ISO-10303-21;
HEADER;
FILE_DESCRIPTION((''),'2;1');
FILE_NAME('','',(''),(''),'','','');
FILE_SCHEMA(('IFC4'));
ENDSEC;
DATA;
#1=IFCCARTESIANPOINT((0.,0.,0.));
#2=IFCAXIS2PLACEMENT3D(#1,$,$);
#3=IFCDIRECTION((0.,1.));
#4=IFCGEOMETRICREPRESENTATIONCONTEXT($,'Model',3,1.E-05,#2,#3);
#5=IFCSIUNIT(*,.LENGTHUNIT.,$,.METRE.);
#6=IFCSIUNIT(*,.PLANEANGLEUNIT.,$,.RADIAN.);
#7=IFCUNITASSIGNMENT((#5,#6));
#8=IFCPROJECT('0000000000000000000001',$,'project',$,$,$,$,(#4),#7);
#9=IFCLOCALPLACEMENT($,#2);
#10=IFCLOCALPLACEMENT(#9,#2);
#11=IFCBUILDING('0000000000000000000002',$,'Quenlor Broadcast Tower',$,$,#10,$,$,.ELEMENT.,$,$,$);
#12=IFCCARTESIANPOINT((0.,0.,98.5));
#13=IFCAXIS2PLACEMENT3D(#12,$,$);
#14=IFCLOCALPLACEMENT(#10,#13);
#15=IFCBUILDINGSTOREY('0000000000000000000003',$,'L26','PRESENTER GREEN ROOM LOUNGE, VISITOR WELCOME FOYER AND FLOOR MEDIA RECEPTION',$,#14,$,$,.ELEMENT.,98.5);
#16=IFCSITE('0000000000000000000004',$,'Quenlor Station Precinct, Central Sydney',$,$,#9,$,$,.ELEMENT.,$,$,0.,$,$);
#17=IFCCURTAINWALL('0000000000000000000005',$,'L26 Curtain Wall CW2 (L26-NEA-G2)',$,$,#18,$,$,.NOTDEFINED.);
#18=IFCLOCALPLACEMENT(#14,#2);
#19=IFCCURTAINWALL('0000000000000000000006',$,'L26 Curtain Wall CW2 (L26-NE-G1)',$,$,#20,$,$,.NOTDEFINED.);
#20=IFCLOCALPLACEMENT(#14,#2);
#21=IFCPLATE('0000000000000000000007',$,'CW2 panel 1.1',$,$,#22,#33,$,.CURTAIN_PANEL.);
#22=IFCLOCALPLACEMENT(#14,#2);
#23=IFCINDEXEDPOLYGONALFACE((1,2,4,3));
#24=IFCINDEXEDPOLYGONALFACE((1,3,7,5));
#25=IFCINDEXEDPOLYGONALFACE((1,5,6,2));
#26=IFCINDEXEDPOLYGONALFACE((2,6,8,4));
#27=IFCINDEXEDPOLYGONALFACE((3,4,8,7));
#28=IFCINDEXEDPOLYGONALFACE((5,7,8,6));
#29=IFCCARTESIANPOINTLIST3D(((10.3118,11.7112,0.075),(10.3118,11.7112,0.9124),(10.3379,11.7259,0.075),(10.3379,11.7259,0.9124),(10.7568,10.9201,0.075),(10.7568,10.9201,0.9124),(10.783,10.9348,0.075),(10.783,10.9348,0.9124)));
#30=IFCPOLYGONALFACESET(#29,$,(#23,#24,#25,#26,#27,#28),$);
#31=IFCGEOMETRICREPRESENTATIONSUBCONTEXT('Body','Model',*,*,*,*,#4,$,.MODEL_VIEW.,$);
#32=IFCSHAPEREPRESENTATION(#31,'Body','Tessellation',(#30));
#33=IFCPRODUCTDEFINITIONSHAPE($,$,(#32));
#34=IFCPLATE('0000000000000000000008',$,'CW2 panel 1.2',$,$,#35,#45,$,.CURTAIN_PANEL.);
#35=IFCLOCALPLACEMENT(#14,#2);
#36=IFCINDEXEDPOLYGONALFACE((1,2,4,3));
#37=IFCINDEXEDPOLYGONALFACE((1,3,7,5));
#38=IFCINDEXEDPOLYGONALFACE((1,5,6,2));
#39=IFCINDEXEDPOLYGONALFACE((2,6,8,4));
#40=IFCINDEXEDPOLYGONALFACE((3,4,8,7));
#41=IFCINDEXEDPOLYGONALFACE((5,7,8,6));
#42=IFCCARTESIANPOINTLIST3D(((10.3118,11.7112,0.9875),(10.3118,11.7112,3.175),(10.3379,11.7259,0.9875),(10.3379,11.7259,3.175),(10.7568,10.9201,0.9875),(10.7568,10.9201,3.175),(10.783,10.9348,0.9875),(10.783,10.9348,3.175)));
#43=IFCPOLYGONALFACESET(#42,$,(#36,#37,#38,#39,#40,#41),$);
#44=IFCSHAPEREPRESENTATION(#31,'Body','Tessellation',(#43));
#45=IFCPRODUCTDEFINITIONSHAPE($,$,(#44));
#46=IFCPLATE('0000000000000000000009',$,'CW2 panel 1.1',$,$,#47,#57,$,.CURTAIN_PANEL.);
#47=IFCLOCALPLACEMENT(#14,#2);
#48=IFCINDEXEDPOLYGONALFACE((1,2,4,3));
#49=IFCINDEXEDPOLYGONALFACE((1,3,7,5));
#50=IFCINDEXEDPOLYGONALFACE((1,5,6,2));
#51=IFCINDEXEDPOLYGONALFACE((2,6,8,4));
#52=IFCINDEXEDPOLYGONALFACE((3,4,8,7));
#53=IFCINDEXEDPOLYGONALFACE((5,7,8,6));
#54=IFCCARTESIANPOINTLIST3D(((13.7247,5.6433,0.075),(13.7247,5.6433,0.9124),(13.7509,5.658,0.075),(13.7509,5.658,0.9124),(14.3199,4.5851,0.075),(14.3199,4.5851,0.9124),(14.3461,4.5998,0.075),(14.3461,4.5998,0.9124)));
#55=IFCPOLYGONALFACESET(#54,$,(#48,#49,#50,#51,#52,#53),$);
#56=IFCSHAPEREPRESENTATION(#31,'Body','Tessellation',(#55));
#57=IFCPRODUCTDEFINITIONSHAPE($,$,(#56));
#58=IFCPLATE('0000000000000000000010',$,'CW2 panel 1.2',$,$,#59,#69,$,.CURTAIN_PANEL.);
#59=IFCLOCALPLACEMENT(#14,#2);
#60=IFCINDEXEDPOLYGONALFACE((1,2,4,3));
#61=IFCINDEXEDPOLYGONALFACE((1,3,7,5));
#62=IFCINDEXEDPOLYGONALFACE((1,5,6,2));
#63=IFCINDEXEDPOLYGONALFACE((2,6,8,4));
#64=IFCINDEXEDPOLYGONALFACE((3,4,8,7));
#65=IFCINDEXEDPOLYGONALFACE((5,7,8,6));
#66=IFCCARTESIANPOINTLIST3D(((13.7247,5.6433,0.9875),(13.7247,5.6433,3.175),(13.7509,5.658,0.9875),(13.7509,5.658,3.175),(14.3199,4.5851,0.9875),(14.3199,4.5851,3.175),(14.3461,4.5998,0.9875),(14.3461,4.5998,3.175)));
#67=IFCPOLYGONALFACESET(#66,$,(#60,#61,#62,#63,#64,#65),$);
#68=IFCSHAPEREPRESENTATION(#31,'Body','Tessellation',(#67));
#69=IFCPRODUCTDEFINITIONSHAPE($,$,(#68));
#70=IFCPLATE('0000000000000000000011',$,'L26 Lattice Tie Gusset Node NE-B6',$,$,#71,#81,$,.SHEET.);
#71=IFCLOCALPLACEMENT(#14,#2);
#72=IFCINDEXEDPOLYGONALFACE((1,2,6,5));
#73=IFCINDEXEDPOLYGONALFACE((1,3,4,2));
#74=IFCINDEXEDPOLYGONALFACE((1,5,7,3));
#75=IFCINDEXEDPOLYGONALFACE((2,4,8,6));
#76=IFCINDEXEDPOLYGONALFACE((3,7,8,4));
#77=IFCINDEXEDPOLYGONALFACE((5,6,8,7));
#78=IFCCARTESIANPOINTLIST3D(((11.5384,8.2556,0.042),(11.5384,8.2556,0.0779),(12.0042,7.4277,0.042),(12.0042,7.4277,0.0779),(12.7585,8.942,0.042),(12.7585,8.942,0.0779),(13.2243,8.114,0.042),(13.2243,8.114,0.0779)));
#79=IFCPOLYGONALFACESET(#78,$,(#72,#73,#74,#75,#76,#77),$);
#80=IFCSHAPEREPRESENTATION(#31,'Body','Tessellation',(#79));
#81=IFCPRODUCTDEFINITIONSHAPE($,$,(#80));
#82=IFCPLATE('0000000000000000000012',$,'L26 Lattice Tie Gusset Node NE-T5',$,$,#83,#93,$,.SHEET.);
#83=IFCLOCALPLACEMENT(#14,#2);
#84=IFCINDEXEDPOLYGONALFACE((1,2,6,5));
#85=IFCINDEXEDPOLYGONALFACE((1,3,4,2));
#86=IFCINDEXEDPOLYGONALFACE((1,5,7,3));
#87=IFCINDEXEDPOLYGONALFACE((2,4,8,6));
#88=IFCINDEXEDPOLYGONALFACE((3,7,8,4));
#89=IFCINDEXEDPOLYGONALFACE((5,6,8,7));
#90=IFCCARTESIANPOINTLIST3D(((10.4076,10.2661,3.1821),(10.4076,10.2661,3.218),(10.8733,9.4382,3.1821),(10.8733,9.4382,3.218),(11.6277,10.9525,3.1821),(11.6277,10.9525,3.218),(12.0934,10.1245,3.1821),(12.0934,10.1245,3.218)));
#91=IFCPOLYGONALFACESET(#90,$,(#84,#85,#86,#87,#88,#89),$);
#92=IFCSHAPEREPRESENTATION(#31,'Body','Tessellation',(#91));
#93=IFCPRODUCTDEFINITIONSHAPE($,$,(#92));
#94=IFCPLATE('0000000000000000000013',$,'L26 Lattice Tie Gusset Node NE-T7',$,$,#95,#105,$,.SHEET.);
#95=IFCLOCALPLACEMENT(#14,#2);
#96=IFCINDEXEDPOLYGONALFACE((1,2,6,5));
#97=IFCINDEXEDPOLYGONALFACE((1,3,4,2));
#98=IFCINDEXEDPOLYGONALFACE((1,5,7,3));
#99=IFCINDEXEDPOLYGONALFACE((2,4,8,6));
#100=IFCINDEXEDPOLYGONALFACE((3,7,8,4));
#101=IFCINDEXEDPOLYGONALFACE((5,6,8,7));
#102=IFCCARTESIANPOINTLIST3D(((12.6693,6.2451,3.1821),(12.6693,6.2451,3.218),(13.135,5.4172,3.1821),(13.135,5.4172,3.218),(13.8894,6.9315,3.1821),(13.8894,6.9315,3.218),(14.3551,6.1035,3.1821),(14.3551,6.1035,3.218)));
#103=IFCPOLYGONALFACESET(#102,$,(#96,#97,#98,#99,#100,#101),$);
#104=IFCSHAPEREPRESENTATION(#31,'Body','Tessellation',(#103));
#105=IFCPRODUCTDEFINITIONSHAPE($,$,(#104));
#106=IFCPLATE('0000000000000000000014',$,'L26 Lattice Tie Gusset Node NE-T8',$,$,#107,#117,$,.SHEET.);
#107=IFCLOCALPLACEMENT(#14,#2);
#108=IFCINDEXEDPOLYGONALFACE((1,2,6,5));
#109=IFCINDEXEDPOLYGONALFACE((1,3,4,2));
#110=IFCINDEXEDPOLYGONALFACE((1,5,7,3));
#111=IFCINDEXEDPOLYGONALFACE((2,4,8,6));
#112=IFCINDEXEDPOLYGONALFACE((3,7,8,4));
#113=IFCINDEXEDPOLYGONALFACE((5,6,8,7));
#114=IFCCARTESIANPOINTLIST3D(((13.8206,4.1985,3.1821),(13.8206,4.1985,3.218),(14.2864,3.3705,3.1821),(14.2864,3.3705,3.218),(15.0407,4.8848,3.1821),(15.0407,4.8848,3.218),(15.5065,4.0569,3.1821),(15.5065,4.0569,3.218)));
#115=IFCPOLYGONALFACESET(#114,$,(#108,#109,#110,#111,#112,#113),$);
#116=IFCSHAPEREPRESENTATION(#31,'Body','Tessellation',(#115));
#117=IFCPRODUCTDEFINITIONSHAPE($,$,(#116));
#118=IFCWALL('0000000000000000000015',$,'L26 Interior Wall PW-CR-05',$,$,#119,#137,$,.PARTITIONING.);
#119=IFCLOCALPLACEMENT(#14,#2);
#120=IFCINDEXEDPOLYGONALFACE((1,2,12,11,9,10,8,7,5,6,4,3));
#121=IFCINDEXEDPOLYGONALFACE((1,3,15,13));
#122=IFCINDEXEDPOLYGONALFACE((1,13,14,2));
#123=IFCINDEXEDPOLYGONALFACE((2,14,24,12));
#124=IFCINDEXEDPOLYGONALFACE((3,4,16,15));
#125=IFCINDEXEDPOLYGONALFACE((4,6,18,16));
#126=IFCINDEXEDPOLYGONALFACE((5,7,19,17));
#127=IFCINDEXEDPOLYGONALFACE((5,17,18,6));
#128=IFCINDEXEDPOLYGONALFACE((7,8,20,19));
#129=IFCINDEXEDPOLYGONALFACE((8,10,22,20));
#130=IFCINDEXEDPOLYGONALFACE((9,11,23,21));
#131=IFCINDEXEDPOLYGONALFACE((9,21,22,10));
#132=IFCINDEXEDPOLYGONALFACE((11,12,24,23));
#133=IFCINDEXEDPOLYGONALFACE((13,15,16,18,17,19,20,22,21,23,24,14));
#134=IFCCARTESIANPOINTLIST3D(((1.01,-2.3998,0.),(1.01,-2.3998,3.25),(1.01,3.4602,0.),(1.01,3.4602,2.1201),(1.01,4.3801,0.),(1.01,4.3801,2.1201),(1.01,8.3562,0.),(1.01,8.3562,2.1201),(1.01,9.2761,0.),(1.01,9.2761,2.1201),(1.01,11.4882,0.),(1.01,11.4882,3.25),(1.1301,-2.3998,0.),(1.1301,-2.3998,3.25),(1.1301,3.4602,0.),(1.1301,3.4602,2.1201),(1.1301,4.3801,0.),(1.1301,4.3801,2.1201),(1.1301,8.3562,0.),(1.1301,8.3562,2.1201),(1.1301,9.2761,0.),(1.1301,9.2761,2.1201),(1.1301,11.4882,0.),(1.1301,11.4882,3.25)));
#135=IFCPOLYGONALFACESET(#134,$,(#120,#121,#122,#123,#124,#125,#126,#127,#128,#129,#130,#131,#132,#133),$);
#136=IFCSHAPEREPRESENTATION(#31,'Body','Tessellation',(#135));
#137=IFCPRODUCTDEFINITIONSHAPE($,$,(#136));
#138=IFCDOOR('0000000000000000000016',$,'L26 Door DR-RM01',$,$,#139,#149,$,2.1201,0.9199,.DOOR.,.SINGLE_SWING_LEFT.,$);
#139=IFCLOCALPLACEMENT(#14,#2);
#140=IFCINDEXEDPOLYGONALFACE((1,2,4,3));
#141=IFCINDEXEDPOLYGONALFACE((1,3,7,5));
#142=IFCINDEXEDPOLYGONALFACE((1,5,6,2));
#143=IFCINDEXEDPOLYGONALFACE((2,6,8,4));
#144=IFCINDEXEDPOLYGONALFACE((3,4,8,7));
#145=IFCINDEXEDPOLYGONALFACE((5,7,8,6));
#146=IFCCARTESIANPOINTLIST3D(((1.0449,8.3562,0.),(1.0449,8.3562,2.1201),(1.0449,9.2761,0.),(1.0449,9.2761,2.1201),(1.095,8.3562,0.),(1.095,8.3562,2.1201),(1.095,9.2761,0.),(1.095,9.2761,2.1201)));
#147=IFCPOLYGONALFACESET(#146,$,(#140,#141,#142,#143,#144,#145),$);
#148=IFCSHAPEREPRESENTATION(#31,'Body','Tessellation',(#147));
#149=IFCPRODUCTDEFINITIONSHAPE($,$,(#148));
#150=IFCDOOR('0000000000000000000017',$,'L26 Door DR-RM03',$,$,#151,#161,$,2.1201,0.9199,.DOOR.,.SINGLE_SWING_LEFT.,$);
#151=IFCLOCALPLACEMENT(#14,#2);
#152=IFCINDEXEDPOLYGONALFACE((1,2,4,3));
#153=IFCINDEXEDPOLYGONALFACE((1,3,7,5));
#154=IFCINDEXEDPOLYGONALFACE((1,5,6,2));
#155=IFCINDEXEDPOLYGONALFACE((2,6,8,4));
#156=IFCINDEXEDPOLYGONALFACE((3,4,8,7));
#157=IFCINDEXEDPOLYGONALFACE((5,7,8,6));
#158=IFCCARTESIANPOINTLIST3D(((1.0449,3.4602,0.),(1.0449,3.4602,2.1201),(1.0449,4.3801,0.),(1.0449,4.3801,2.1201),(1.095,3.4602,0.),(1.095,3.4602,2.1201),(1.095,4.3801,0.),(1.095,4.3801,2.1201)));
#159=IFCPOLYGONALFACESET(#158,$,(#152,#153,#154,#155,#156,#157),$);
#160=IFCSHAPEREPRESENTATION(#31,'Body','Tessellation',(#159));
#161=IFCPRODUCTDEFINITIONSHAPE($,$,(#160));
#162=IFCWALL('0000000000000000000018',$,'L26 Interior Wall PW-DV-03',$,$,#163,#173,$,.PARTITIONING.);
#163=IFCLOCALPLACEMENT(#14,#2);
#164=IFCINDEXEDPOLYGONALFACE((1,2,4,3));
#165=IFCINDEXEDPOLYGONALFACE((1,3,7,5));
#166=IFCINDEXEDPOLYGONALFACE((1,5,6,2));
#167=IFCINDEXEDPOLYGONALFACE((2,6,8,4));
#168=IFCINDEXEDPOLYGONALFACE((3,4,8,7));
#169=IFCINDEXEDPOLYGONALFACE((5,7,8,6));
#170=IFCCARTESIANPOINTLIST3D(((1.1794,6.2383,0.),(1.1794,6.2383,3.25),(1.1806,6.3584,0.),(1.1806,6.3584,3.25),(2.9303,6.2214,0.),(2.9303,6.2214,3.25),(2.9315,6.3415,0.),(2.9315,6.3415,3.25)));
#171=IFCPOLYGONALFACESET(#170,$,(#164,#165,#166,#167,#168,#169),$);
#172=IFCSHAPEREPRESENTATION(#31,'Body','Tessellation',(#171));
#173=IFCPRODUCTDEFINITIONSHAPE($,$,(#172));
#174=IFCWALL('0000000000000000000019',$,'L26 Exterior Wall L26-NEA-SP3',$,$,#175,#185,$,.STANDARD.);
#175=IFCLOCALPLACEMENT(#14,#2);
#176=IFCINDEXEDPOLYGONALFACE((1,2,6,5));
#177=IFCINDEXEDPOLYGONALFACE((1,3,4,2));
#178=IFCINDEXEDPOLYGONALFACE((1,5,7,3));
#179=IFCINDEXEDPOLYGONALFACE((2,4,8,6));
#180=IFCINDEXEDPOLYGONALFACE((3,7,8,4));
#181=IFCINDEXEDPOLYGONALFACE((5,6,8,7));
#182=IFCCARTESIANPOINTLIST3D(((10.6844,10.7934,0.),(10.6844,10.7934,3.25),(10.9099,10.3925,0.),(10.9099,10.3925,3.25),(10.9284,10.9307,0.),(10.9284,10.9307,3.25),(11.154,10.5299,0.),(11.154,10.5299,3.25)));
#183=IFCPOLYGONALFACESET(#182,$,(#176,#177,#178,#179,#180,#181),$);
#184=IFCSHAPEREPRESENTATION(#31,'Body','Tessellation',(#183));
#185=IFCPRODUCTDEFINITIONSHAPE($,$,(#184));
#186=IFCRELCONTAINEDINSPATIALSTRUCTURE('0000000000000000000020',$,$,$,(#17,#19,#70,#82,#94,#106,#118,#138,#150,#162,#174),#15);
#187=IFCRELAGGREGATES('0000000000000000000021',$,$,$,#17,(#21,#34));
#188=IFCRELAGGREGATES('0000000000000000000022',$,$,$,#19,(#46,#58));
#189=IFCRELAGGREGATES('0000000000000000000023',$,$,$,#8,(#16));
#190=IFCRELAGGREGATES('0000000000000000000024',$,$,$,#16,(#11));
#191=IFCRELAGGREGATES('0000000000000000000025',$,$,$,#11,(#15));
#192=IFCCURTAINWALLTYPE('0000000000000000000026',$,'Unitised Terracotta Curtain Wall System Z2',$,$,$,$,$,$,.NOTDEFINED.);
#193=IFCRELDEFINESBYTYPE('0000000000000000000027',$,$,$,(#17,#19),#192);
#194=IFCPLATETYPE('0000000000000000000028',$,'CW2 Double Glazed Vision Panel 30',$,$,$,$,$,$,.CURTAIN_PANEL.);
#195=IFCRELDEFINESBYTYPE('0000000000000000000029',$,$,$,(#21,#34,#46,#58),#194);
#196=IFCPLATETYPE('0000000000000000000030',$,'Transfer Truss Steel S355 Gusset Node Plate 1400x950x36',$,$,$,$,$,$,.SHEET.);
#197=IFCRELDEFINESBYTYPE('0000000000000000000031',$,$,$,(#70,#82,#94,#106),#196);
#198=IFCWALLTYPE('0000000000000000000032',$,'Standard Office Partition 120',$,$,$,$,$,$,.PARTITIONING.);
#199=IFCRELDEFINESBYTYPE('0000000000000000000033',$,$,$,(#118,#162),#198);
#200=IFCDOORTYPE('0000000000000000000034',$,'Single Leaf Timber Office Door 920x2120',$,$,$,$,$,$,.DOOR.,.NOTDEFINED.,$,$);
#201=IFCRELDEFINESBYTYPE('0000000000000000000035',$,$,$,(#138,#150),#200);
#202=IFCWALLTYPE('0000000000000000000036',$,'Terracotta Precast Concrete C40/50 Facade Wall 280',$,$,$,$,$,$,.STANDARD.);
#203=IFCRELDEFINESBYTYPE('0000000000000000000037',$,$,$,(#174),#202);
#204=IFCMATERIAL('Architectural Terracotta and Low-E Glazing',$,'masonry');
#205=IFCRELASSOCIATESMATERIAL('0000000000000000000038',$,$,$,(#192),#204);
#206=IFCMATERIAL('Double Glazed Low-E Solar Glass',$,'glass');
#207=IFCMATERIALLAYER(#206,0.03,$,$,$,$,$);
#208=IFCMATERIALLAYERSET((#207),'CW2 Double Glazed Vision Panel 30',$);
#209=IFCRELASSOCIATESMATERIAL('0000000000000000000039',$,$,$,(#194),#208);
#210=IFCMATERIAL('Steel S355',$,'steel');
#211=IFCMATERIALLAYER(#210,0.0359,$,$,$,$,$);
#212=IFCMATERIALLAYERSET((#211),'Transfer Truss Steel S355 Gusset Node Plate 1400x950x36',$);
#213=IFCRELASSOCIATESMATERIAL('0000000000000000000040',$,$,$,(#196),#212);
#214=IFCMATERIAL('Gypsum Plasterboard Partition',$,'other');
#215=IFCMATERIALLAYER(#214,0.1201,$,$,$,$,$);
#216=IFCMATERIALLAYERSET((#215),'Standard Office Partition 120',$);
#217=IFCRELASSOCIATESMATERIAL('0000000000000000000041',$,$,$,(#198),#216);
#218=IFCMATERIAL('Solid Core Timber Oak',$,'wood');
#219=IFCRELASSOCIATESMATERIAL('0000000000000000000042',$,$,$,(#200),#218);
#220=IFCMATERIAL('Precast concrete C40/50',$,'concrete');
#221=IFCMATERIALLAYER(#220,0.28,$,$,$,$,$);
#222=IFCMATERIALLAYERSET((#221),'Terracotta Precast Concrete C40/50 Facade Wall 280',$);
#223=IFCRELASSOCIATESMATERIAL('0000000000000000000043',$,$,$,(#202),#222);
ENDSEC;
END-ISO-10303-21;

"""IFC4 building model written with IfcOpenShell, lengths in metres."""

from ifc_helpers import new_model, si_unit, direction, frame, frame_2d, origin, origin_2d, place, context, subcontext, project, spatial, rectangle, extrude, material, layer, layer_set, type_object, element, fill, aggregate, save


model = new_model("IFC4")

# Units and contexts
model_context = context("Model", 3, precision=1e-05, world=origin(), true_north=direction((0.0, 1.0)))
body_context = subcontext(model_context, "Body", "Model", "MODEL_VIEW")
ifc_project = project(units=[si_unit("LENGTHUNIT", "METRE"), si_unit("PLANEANGLEUNIT", "RADIAN")], contexts=[model_context])

# Site, building, storey
site_placement = place(None, origin())
site = spatial("IfcSite", under=ifc_project, at=site_placement, Name="Quenlor Station Precinct, Central Sydney", CompositionType="ELEMENT", RefElevation=0.0)
building_placement = place(site_placement, origin())
building = spatial("IfcBuilding", under=site, at=building_placement, Name="Quenlor Broadcast Tower", CompositionType="ELEMENT")
storey_placement = place(building_placement, frame((0.0, 0.0, 98.5)))
storey = spatial("IfcBuildingStorey", under=building, at=storey_placement, Name="L26", Description="PRESENTER GREEN ROOM LOUNGE, VISITOR WELCOME FOYER AND FLOOR MEDIA RECEPTION", CompositionType="ELEMENT", Elevation=98.5)

# Curtain wall
ifc_material_1 = material(Name="Architectural Terracotta and Low-E Glazing", Category="masonry")
curtain_wall_type = type_object("IfcCurtainWallType", Name="Unitised Terracotta Curtain Wall System Z2", PredefinedType="NOTDEFINED", material=ifc_material_1)
curtain_wall_1_placement = place(storey_placement, origin())
curtain_wall_1 = element("IfcCurtainWall", 1, at=curtain_wall_1_placement, inside=storey, type_object=curtain_wall_type, Name="L26 Curtain Wall CW2 (L26-NEA-G2)", PredefinedType="NOTDEFINED")

# Curtain wall
curtain_wall_2_placement = place(storey_placement, origin())
curtain_wall_2 = element("IfcCurtainWall", 2, at=curtain_wall_2_placement, inside=storey, type_object=curtain_wall_type, Name="L26 Curtain Wall CW2 (L26-NE-G1)", PredefinedType="NOTDEFINED")

# Plates
ifc_material_2 = material(Name="Double Glazed Low-E Solar Glass", Category="glass")
ifc_layer_1 = layer(ifc_material_2, 0.03)
ifc_layer_set_1 = layer_set([ifc_layer_1], Name="CW2 Double Glazed Vision Panel 30")
plate_type_1 = type_object("IfcPlateType", Name="CW2 Double Glazed Vision Panel 30", PredefinedType="CURTAIN_PANEL", material=ifc_layer_set_1)
plate_1_placement = place(storey_placement, frame((10.5474, 11.323, 0.075), z_axis=(0.0, 0.0, 1.0), x_axis=(0.490252, -0.871581, 0.0)))
plate_1 = element("IfcPlate", 3, at=plate_1_placement, type_object=plate_type_1, Name="CW2 panel 1.1", PredefinedType="CURTAIN_PANEL", context=body_context, shape_type="SweptSolid", body=[
    extrude(rectangle(XDim=0.9077, YDim=0.03, at=origin_2d()), origin(), (0.0, 0.0, 1.0), 0.8374),
])
plate_2_placement = place(storey_placement, frame((10.5474, 11.323, 0.9875), z_axis=(0.0, 0.0, 1.0), x_axis=(0.490252, -0.871581, 0.0)))
plate_2 = element("IfcPlate", 4, at=plate_2_placement, type_object=plate_type_1, Name="CW2 panel 1.2", PredefinedType="CURTAIN_PANEL", context=body_context, shape_type="SweptSolid", body=[
    extrude(rectangle(XDim=0.9077, YDim=0.03, at=origin_2d()), origin(), (0.0, 0.0, 1.0), 2.1875),
])
aggregate(curtain_wall_1, [plate_1, plate_2])
plate_3_placement = place(storey_placement, frame((14.0354, 5.1216, 0.075), z_axis=(0.0, 0.0, 1.0), x_axis=(0.490254, -0.871579, 0.0)))
plate_3 = element("IfcPlate", 5, at=plate_3_placement, type_object=plate_type_1, Name="CW2 panel 1.1", PredefinedType="CURTAIN_PANEL", context=body_context, shape_type="SweptSolid", body=[
    extrude(rectangle(XDim=1.2141, YDim=0.03, at=origin_2d()), origin(), (0.0, 0.0, 1.0), 0.8374),
])
plate_4_placement = place(storey_placement, frame((14.0354, 5.1216, 0.9875), z_axis=(0.0, 0.0, 1.0), x_axis=(0.490254, -0.871579, 0.0)))
plate_4 = element("IfcPlate", 6, at=plate_4_placement, type_object=plate_type_1, Name="CW2 panel 1.2", PredefinedType="CURTAIN_PANEL", context=body_context, shape_type="SweptSolid", body=[
    extrude(rectangle(XDim=1.2141, YDim=0.03, at=origin_2d()), origin(), (0.0, 0.0, 1.0), 2.1875),
])
aggregate(curtain_wall_2, [plate_3, plate_4])

# Plates
ifc_material_3 = material(Name="Steel S355", Category="steel")
ifc_layer_2 = layer(ifc_material_3, 0.0359)
ifc_layer_set_2 = layer_set([ifc_layer_2], Name="Transfer Truss Steel S355 Gusset Node Plate 1400x950x36")
plate_type_2 = type_object("IfcPlateType", Name="Transfer Truss Steel S355 Gusset Node Plate 1400x950x36", PredefinedType="SHEET", material=ifc_layer_set_2)
for number, where, z_axis, x_axis, name in (
    (7, (12.3813, 8.1848, 0.042), (0.0, 0.0, 1.0), (0.871556, 0.490295, 0.0), "L26 Lattice Tie Gusset Node NE-B6"),
    (8, (11.2505, 10.1953, 3.1821), (0.0, 0.0, 1.0), (0.871556, 0.490295, 0.0), "L26 Lattice Tie Gusset Node NE-T5"),
    (9, (13.5122, 6.1743, 3.1821), (0.0, 0.0, 1.0), (0.871556, 0.490295, 0.0), "L26 Lattice Tie Gusset Node NE-T7"),
    (10, (14.6636, 4.1277, 3.1821), (0.0, 0.0, 1.0), (0.871556, 0.490295, 0.0), "L26 Lattice Tie Gusset Node NE-T8"),
):
    element("IfcPlate", number, at=place(storey_placement, frame(where, z_axis=z_axis, x_axis=x_axis)), inside=storey, type_object=plate_type_2, Name=name, PredefinedType="SHEET", context=body_context, shape_type="SweptSolid", body=[
        extrude(rectangle(XDim=1.3999, YDim=0.95, at=origin_2d()), origin(), (0.0, 0.0, 1.0), 0.0359),
    ])

# Wall, openings, doors
ifc_material_4 = material(Name="Gypsum Plasterboard Partition", Category="other")
ifc_layer_3 = layer(ifc_material_4, 0.1201)
ifc_layer_set_3 = layer_set([ifc_layer_3], Name="Standard Office Partition 120")
wall_type_1 = type_object("IfcWallType", Name="Standard Office Partition 120", PredefinedType="PARTITIONING", material=ifc_layer_set_3)
wall_1_placement = place(storey_placement, frame((1.0701, 11.488, 0.0), z_axis=(0.0, 0.0, 1.0), x_axis=(0.0, -1.0, 0.0)))
wall_1 = element("IfcWall", 11, at=wall_1_placement, inside=storey, type_object=wall_type_1, Name="L26 Interior Wall PW-CR-05", PredefinedType="PARTITIONING", context=body_context, shape_type="SweptSolid", body=[
    extrude(rectangle(XDim=13.8879, YDim=0.1201, at=frame_2d((6.9438, 0.0))), origin(), (0.0, 0.0, 1.0), 3.25),
])
opening_1_placement = place(wall_1_placement, frame((2.2119, 0.0, 0.0)))
opening_1 = element("IfcOpeningElement", 12, at=opening_1_placement, cuts=wall_1, PredefinedType="OPENING", context=body_context, shape_type="SweptSolid", body=[
    extrude(rectangle(XDim=0.9199, YDim=2.1201, at=frame_2d((0.46, 1.0601))), frame((0.0, 0.0701, 0.0), z_axis=(0.0, -1.0, 0.0), x_axis=(1.0, 0.0, 0.0)), (0.0, 0.0, 1.0), 0.1401),
])
opening_2_placement = place(wall_1_placement, frame((7.1079, 0.0, 0.0)))
opening_2 = element("IfcOpeningElement", 13, at=opening_2_placement, cuts=wall_1, PredefinedType="OPENING", context=body_context, shape_type="SweptSolid", body=[
    extrude(rectangle(XDim=0.9199, YDim=2.1201, at=frame_2d((0.46, 1.0601))), frame((0.0, 0.0701, 0.0), z_axis=(0.0, -1.0, 0.0), x_axis=(1.0, 0.0, 0.0)), (0.0, 0.0, 1.0), 0.1401),
])
ifc_material_5 = material(Name="Solid Core Timber Oak", Category="wood")
door_type = type_object("IfcDoorType", Name="Single Leaf Timber Office Door 920x2120", OperationType="NOTDEFINED", PredefinedType="DOOR", material=ifc_material_5)
door_1_placement = place(opening_1_placement, origin())
door_1 = element("IfcDoor", 14, at=door_1_placement, inside=storey, type_object=door_type, Name="L26 Door DR-RM01", OperationType="SINGLE_SWING_LEFT", OverallHeight=2.1201, OverallWidth=0.9199, PredefinedType="DOOR", context=body_context, shape_type="SweptSolid", body=[
    extrude(rectangle(XDim=0.9199, YDim=2.1201, at=frame_2d((0.46, 1.0601))), frame((0.0, 0.0249, 0.0), z_axis=(0.0, -1.0, 0.0), x_axis=(1.0, 0.0, 0.0)), (0.0, 0.0, 1.0), 0.05),
])
fill(opening_1, door_1)
door_2_placement = place(opening_2_placement, origin())
door_2 = element("IfcDoor", 15, at=door_2_placement, inside=storey, type_object=door_type, Name="L26 Door DR-RM03", OperationType="SINGLE_SWING_LEFT", OverallHeight=2.1201, OverallWidth=0.9199, PredefinedType="DOOR", context=body_context, shape_type="SweptSolid", body=[
    extrude(rectangle(XDim=0.9199, YDim=2.1201, at=frame_2d((0.46, 1.0601))), frame((0.0, 0.0249, 0.0), z_axis=(0.0, -1.0, 0.0), x_axis=(1.0, 0.0, 0.0)), (0.0, 0.0, 1.0), 0.05),
])
fill(opening_2, door_2)

# Walls
wall_2_placement = place(storey_placement, frame((2.9309, 6.2815, 0.0), z_axis=(0.0, 0.0, 1.0), x_axis=(-0.999954, 0.00962, 0.0)))
element("IfcWall", 16, at=wall_2_placement, inside=storey, type_object=wall_type_1, Name="L26 Interior Wall PW-DV-03", PredefinedType="PARTITIONING", context=body_context, shape_type="SweptSolid", body=[
    extrude(rectangle(XDim=1.751, YDim=0.1201, at=frame_2d((0.8755, 0.0))), origin(), (0.0, 0.0, 1.0), 3.25),
])
ifc_material_6 = material(Name="Precast concrete C40/50", Category="concrete")
ifc_layer_4 = layer(ifc_material_6, 0.28)
ifc_layer_set_4 = layer_set([ifc_layer_4], Name="Terracotta Precast Concrete C40/50 Facade Wall 280")
wall_type_2 = type_object("IfcWallType", Name="Terracotta Precast Concrete C40/50 Facade Wall 280", PredefinedType="STANDARD", material=ifc_layer_set_4)
wall_3_placement = place(storey_placement, frame((10.8064, 10.8621, 0.0), z_axis=(0.0, 0.0, 1.0), x_axis=(0.490412, -0.87149, 0.0)))
element("IfcWall", 17, at=wall_3_placement, inside=storey, type_object=wall_type_2, Name="L26 Exterior Wall L26-NEA-SP3", PredefinedType="STANDARD", context=body_context, shape_type="SweptSolid", body=[
    extrude(rectangle(XDim=0.46, YDim=0.28, at=frame_2d((0.23, 0.0))), origin(), (0.0, 0.0, 1.0), 3.25),
])

save(model, "model.ifc")
